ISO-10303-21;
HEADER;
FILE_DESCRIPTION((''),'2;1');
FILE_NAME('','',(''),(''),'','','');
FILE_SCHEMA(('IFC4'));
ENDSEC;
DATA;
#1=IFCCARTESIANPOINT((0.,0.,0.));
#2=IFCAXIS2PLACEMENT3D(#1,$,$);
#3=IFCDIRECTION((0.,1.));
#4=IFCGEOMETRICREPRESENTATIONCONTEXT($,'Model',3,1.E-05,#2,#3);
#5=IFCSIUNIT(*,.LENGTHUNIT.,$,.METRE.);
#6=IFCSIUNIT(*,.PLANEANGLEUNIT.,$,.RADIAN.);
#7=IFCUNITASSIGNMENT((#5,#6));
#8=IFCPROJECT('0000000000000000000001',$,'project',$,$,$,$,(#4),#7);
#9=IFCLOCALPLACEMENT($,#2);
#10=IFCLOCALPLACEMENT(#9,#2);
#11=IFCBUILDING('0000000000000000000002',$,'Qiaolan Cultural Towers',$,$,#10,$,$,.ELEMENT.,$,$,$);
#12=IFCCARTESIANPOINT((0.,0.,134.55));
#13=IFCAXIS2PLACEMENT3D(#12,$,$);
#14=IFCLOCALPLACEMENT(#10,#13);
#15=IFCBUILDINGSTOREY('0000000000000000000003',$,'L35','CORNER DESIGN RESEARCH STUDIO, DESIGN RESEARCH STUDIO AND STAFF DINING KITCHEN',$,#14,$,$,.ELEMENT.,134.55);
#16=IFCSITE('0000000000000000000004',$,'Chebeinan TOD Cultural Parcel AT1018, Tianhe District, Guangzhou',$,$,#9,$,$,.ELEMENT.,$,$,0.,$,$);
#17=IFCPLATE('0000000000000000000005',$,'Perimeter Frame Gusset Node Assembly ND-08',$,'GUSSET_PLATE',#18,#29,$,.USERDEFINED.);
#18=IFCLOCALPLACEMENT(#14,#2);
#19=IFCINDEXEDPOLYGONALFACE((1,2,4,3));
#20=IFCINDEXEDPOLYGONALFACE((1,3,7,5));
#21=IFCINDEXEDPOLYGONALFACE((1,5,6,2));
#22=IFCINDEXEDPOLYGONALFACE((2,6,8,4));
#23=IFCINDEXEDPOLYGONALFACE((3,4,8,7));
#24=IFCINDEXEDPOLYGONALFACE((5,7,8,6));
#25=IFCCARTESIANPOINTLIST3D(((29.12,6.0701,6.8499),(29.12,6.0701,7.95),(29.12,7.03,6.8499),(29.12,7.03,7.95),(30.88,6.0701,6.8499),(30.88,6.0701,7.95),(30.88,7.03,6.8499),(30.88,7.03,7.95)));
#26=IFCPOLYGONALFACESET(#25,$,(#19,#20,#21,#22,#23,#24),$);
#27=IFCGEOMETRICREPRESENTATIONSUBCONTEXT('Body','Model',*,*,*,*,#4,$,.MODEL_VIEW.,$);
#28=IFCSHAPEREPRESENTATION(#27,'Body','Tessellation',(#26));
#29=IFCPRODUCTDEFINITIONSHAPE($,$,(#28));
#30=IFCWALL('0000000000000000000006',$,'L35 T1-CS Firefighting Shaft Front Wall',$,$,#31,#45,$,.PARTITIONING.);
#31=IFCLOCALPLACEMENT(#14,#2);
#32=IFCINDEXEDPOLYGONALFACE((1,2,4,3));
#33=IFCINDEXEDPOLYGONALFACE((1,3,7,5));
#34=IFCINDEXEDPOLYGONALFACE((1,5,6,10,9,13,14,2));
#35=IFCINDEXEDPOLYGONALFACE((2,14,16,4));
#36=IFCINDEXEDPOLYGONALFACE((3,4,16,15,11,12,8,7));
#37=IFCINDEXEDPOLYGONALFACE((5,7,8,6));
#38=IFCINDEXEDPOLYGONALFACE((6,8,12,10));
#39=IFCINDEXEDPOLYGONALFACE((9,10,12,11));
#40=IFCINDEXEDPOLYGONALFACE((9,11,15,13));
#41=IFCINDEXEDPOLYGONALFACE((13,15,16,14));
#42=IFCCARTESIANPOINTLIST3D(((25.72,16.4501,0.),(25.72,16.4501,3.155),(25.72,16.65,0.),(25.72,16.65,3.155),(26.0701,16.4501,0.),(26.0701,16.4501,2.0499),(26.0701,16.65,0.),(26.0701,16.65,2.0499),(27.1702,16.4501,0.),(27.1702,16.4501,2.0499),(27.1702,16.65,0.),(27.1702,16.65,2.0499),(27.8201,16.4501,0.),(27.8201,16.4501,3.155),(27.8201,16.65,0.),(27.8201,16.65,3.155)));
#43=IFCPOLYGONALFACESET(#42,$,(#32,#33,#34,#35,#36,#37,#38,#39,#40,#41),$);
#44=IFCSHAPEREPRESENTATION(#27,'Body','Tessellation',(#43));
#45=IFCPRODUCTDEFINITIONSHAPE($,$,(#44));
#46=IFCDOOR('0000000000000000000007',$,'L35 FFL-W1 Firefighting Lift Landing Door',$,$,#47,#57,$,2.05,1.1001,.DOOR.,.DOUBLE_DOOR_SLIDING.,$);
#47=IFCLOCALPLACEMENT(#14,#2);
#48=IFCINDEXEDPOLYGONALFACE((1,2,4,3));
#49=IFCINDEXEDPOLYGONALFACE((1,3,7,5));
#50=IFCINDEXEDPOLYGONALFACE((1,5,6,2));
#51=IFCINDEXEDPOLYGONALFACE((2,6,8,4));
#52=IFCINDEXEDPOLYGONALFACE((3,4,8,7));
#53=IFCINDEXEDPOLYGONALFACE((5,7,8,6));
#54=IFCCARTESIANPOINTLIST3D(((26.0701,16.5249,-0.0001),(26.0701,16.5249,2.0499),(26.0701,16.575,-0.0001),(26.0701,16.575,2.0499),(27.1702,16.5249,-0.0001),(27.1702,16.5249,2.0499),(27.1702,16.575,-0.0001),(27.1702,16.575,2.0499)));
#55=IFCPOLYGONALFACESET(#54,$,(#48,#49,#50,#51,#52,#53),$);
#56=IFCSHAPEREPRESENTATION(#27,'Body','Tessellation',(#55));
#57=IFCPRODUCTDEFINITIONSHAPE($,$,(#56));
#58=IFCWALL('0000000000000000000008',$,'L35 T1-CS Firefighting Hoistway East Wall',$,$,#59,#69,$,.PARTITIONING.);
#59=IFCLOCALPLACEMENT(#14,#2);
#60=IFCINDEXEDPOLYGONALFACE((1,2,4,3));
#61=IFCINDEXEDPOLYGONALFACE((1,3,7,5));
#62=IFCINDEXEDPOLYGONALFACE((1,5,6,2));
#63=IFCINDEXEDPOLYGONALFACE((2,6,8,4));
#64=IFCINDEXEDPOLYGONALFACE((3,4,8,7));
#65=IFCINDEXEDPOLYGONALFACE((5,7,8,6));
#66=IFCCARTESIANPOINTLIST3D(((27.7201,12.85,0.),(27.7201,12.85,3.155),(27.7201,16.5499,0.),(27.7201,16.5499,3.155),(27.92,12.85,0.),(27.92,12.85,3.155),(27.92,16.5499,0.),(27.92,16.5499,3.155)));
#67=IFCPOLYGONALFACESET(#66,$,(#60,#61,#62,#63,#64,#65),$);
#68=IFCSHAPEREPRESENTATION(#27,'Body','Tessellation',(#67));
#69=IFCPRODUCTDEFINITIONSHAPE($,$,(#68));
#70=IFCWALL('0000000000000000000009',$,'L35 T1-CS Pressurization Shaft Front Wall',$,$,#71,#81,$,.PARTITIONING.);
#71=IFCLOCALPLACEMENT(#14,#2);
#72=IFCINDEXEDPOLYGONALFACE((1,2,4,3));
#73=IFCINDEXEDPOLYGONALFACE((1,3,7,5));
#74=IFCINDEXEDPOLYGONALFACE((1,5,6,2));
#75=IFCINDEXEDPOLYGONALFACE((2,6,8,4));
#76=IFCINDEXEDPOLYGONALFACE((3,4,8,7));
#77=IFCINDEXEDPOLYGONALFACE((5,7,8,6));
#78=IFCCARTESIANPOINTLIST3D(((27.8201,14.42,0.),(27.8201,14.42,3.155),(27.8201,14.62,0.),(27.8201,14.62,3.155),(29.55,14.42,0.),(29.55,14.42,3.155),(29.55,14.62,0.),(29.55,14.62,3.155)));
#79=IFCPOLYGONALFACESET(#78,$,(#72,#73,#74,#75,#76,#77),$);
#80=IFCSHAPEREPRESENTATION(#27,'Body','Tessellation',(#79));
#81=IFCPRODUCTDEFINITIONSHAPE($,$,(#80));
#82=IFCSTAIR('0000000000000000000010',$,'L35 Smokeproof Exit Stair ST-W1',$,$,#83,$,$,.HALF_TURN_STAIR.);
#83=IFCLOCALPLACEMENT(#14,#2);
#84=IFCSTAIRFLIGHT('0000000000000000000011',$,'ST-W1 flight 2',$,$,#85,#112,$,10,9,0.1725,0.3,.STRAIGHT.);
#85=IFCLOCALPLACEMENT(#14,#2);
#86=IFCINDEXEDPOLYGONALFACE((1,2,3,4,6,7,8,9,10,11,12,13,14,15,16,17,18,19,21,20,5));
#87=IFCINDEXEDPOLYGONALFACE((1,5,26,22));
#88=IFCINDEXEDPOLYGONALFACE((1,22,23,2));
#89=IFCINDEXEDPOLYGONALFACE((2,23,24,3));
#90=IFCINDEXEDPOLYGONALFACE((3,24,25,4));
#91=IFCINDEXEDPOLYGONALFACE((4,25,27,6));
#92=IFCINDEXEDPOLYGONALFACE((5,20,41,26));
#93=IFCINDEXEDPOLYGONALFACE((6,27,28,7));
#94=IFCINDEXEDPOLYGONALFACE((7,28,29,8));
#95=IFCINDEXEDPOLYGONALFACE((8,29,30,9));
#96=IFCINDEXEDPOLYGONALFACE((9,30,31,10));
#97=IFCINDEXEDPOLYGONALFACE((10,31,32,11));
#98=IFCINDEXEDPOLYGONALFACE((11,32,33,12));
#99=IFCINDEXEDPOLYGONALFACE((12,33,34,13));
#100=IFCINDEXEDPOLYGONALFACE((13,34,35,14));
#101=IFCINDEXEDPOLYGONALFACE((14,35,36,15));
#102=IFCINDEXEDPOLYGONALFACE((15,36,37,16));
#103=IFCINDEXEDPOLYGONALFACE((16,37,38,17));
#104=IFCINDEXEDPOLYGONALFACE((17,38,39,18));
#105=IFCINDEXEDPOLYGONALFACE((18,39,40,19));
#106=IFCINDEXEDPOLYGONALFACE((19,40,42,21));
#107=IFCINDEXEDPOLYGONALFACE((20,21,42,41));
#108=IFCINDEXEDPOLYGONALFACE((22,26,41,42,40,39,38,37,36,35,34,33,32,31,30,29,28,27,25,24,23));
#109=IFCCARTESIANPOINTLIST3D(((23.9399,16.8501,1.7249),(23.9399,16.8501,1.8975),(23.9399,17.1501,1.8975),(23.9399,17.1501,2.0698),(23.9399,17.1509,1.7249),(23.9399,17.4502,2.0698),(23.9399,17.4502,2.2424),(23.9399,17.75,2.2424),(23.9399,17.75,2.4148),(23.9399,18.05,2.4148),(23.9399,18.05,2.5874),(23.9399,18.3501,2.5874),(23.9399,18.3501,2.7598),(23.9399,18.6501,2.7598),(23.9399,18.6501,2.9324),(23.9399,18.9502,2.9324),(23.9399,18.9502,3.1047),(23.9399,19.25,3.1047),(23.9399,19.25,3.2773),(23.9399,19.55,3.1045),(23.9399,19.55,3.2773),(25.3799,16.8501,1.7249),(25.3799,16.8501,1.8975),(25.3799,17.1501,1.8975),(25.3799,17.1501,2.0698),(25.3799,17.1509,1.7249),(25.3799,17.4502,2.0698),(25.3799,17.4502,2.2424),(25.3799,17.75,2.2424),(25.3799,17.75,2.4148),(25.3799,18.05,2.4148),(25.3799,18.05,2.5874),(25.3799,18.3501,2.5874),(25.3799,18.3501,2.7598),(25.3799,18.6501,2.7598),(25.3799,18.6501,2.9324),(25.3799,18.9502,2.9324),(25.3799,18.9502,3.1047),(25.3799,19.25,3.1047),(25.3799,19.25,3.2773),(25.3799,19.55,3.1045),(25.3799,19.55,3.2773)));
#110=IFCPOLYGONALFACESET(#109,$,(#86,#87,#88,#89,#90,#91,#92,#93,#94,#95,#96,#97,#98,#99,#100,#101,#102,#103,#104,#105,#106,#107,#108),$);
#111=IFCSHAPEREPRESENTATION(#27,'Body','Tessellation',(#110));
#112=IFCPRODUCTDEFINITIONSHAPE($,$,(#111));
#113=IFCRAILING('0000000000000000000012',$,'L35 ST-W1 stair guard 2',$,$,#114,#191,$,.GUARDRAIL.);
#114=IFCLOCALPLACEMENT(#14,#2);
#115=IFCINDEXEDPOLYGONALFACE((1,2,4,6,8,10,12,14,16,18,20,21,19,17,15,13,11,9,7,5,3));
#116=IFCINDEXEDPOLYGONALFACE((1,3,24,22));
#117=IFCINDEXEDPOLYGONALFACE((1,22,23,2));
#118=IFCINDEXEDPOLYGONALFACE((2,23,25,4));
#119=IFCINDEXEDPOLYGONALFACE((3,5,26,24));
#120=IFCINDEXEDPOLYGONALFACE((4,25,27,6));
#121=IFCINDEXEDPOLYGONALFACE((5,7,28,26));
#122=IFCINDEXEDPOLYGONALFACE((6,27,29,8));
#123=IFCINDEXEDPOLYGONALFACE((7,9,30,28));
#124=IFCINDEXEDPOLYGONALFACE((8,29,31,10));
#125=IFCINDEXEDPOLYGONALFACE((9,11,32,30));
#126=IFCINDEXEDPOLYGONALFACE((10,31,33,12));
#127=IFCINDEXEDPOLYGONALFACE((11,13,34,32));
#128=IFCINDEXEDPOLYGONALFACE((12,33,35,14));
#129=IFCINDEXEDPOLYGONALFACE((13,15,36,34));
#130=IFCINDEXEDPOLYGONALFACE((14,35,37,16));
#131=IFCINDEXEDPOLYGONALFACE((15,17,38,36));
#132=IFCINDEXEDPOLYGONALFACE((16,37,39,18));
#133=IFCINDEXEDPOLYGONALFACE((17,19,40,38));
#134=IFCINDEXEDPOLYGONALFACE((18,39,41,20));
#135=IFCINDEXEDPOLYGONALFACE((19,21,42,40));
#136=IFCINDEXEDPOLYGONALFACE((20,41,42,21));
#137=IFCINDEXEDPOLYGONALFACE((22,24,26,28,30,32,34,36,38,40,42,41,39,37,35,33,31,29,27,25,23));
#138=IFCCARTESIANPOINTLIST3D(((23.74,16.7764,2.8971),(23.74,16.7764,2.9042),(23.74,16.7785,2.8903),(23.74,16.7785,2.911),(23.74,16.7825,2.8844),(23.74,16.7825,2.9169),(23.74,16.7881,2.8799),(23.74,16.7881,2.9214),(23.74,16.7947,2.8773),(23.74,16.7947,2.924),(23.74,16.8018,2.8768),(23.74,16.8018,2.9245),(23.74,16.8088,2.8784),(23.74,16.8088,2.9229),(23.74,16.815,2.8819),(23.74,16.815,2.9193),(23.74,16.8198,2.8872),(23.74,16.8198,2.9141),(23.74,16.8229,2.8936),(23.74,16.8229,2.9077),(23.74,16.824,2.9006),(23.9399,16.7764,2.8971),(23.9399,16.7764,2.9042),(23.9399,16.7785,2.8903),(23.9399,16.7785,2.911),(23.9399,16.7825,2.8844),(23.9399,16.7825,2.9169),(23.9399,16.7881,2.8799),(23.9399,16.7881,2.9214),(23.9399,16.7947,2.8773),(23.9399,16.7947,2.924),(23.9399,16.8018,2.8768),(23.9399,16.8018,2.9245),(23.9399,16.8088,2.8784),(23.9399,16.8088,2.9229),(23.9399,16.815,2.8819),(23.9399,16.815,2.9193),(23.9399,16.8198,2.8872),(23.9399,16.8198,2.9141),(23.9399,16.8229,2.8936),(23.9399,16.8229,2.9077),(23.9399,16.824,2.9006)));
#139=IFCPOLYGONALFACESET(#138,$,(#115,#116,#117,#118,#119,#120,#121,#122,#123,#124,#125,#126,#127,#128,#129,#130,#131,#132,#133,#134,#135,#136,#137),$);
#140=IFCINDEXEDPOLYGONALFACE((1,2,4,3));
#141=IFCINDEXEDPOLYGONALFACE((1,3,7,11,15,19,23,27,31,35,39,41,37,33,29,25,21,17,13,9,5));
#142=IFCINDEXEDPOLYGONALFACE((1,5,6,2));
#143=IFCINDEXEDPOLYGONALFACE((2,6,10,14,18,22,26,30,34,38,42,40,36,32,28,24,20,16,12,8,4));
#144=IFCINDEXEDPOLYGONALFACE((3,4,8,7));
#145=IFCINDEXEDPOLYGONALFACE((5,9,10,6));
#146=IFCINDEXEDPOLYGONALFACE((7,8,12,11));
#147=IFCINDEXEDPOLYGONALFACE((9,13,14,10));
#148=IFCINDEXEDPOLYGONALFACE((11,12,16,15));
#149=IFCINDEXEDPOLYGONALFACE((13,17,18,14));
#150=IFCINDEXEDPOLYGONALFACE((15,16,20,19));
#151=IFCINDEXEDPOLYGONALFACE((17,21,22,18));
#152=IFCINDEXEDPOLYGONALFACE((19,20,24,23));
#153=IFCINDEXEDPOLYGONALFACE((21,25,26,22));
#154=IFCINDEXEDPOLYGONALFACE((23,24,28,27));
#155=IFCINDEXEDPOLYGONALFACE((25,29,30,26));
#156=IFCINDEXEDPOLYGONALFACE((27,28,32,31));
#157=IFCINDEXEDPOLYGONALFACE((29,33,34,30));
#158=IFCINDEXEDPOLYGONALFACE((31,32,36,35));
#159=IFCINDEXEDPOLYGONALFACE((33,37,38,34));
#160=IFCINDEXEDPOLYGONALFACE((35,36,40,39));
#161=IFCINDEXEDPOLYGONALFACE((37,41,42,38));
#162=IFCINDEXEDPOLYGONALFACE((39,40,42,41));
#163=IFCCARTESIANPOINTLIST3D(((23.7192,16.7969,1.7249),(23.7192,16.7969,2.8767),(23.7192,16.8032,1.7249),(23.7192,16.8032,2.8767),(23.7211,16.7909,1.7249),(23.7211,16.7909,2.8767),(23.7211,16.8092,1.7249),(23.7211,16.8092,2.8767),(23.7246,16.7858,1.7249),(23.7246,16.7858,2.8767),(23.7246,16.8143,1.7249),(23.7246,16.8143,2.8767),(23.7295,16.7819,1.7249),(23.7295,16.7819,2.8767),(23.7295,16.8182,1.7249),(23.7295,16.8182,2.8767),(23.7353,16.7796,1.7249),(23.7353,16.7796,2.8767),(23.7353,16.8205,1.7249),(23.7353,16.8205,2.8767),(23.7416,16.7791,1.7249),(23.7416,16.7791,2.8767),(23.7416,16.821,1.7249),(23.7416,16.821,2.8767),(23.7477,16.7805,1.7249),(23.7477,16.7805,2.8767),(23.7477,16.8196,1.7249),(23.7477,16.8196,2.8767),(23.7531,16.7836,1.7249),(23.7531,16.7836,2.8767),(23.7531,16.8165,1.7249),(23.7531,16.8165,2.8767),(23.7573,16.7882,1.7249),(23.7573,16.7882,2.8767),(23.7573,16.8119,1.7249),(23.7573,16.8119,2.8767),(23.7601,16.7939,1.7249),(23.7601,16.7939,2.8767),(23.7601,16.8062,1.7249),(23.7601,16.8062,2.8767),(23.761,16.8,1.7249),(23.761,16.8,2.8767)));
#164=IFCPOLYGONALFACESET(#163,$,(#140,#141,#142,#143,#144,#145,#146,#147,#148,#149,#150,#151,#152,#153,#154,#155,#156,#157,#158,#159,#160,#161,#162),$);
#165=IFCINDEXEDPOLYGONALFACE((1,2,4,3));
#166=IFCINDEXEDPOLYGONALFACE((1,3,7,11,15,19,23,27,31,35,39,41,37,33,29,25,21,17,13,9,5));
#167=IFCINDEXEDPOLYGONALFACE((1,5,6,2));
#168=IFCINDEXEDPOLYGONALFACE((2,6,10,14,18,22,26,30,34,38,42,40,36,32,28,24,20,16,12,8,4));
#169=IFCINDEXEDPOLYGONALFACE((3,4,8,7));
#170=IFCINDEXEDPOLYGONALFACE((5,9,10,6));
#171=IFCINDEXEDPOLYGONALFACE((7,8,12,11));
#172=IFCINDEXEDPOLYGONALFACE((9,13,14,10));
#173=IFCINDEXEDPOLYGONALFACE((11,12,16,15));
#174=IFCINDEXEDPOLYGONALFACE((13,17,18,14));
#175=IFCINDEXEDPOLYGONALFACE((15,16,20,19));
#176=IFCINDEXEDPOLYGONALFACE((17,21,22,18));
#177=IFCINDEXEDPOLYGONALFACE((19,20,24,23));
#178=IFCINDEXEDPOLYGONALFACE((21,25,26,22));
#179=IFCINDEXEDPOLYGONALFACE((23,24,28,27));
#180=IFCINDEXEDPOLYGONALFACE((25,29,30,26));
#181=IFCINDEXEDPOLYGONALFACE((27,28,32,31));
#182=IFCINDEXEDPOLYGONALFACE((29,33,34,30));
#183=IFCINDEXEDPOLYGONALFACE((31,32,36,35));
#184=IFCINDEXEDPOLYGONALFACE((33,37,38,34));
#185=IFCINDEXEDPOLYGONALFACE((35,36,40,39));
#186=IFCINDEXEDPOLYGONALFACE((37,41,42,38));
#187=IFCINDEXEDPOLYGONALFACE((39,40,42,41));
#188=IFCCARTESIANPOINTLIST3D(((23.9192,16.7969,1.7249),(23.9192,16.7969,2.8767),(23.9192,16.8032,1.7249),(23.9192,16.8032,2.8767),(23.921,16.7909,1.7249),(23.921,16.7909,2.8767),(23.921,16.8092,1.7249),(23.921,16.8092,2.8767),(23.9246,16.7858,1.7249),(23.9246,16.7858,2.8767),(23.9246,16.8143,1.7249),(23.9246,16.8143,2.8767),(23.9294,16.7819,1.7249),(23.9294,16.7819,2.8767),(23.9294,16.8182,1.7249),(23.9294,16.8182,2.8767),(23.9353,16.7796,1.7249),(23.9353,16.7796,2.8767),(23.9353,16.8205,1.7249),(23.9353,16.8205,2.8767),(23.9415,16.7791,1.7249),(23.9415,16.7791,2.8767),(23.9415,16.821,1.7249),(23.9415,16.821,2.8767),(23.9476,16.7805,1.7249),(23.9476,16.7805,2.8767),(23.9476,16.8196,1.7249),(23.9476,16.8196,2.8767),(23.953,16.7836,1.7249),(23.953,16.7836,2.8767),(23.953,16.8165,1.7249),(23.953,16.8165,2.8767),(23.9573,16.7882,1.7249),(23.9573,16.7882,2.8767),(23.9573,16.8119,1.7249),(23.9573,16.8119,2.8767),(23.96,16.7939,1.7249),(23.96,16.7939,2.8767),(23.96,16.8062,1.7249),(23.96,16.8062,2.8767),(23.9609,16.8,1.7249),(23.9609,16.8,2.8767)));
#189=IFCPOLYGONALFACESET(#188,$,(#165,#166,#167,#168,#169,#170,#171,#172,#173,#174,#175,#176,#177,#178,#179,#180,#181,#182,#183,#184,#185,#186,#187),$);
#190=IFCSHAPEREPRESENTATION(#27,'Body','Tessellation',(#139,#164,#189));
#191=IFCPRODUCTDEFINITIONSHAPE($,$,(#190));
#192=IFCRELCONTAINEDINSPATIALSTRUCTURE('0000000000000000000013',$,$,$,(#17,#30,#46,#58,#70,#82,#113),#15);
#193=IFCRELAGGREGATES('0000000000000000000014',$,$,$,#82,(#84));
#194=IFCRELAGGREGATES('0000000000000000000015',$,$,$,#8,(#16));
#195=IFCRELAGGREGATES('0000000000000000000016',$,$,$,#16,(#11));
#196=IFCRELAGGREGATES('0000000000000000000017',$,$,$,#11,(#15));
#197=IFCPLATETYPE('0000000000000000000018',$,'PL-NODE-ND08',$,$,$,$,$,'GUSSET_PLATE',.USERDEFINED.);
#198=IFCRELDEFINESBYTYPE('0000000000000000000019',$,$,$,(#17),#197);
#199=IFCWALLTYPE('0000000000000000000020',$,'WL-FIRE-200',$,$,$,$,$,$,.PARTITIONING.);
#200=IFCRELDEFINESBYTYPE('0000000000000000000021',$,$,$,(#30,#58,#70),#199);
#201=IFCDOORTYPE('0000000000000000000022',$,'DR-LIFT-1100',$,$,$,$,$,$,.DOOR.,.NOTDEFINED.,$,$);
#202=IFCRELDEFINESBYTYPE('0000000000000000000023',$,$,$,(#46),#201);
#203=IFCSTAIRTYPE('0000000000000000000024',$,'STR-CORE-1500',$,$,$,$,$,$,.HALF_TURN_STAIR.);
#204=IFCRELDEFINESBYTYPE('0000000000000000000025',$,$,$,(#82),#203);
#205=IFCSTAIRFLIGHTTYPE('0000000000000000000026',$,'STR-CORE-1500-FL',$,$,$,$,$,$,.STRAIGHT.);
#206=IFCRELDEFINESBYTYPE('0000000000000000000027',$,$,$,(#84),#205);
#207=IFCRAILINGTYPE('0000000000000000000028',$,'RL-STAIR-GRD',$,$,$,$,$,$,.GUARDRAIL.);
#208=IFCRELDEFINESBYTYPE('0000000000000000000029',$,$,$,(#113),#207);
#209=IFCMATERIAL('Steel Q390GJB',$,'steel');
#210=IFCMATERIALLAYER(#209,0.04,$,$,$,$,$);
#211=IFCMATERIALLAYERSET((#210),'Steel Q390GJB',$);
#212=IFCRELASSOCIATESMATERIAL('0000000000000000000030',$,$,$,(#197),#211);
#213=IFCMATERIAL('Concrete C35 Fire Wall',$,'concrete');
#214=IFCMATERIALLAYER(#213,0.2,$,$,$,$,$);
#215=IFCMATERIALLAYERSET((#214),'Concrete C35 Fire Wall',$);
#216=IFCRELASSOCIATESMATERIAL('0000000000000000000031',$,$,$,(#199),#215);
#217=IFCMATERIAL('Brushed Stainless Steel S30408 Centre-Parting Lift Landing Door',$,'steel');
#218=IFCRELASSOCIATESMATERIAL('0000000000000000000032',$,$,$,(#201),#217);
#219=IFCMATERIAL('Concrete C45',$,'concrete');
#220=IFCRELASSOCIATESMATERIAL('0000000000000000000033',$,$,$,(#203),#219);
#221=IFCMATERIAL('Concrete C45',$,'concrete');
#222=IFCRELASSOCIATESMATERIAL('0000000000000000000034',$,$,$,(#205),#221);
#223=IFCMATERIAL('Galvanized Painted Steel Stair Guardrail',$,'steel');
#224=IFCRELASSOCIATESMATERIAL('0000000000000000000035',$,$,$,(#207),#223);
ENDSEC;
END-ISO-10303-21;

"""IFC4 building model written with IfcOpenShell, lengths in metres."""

from ifc_helpers import new_model, si_unit, direction, frame, frame_2d, origin, origin_2d, place, context, subcontext, project, spatial, polyline, rectangle, circle, outline, extrude, material, layer, layer_set, type_object, element, fill, aggregate, save


model = new_model("IFC4")

# Units and contexts
model_context = context("Model", 3, precision=1e-05, world=origin(), true_north=direction((0.0, 1.0)))
body_context = subcontext(model_context, "Body", "Model", "MODEL_VIEW")
ifc_project = project(units=[si_unit("LENGTHUNIT", "METRE"), si_unit("PLANEANGLEUNIT", "RADIAN")], contexts=[model_context])

# Site, building, storey
site_placement = place(None, origin())
site = spatial("IfcSite", under=ifc_project, at=site_placement, Name="Chebeinan TOD Cultural Parcel AT1018, Tianhe District, Guangzhou", CompositionType="ELEMENT", RefElevation=0.0)
building_placement = place(site_placement, origin())
building = spatial("IfcBuilding", under=site, at=building_placement, Name="Qiaolan Cultural Towers", CompositionType="ELEMENT")
storey_placement = place(building_placement, frame((0.0, 0.0, 134.55)))
storey = spatial("IfcBuildingStorey", under=building, at=storey_placement, Name="L35", Description="CORNER DESIGN RESEARCH STUDIO, DESIGN RESEARCH STUDIO AND STAFF DINING KITCHEN", CompositionType="ELEMENT", Elevation=134.55)

# Plate
ifc_material_1 = material(Name="Steel Q390GJB", Category="steel")
ifc_layer_1 = layer(ifc_material_1, 0.04)
ifc_layer_set_1 = layer_set([ifc_layer_1], Name="Steel Q390GJB")
plate_type = type_object("IfcPlateType", Name="PL-NODE-ND08", ElementType="GUSSET_PLATE", PredefinedType="USERDEFINED", material=ifc_layer_set_1)
plate_placement = place(storey_placement, frame((30.0, 6.55, 6.8499), z_axis=(0.0, 0.0, 1.0), x_axis=(1.0, 0.0, 0.0)))
element("IfcPlate", 1, at=plate_placement, inside=storey, type_object=plate_type, Name="Perimeter Frame Gusset Node Assembly ND-08", ObjectType="GUSSET_PLATE", PredefinedType="USERDEFINED", context=body_context, shape_type="SweptSolid", body=[
    extrude(rectangle(XDim=1.76, YDim=0.96, at=origin_2d()), origin(), (0.0, 0.0, 1.0), 1.1001),
])

# Wall, opening, door
ifc_material_2 = material(Name="Concrete C35 Fire Wall", Category="concrete")
ifc_layer_2 = layer(ifc_material_2, 0.2)
ifc_layer_set_2 = layer_set([ifc_layer_2], Name="Concrete C35 Fire Wall")
wall_type = type_object("IfcWallType", Name="WL-FIRE-200", PredefinedType="PARTITIONING", material=ifc_layer_set_2)
wall_1_placement = place(storey_placement, frame((25.72, 16.55, 0.0), z_axis=(0.0, 0.0, 1.0), x_axis=(1.0, 0.0, 0.0)))
wall_1 = element("IfcWall", 2, at=wall_1_placement, inside=storey, type_object=wall_type, Name="L35 T1-CS Firefighting Shaft Front Wall", PredefinedType="PARTITIONING", context=body_context, shape_type="SweptSolid", body=[
    extrude(rectangle(XDim=2.1001, YDim=0.2, at=frame_2d((1.05, 0.0))), origin(), (0.0, 0.0, 1.0), 3.155),
])
opening_placement = place(wall_1_placement, frame((0.3501, 0.0, 0.0)))
opening = element("IfcOpeningElement", 3, at=opening_placement, cuts=wall_1, PredefinedType="OPENING", context=body_context, shape_type="SweptSolid", body=[
    extrude(rectangle(XDim=1.1001, YDim=2.05, at=frame_2d((0.55, 1.0249))), frame((0.0, 0.1099, 0.0), z_axis=(0.0, -1.0, 0.0), x_axis=(1.0, 0.0, 0.0)), (0.0, 0.0, 1.0), 0.22),
])
ifc_material_3 = material(Name="Brushed Stainless Steel S30408 Centre-Parting Lift Landing Door", Category="steel")
door_type = type_object("IfcDoorType", Name="DR-LIFT-1100", OperationType="NOTDEFINED", PredefinedType="DOOR", material=ifc_material_3)
door_placement = place(opening_placement, origin())
door = element("IfcDoor", 4, at=door_placement, inside=storey, type_object=door_type, Name="L35 FFL-W1 Firefighting Lift Landing Door", OperationType="DOUBLE_DOOR_SLIDING", OverallHeight=2.05, OverallWidth=1.1001, PredefinedType="DOOR", context=body_context, shape_type="SweptSolid", body=[
    extrude(rectangle(XDim=1.1001, YDim=2.05, at=frame_2d((0.55, 1.0249))), frame((0.0, 0.0249, 0.0), z_axis=(0.0, -1.0, 0.0), x_axis=(1.0, 0.0, 0.0)), (0.0, 0.0, 1.0), 0.05),
])
fill(opening, door)

# Walls
wall_2_placement = place(storey_placement, frame((27.8201, 16.55, 0.0), z_axis=(0.0, 0.0, 1.0), x_axis=(0.0, -1.0, 0.0)))
element("IfcWall", 5, at=wall_2_placement, inside=storey, type_object=wall_type, Name="L35 T1-CS Firefighting Hoistway East Wall", PredefinedType="PARTITIONING", context=body_context, shape_type="SweptSolid", body=[
    extrude(rectangle(XDim=3.7, YDim=0.2, at=frame_2d((1.8501, 0.0))), origin(), (0.0, 0.0, 1.0), 3.155),
])
wall_3_placement = place(storey_placement, frame((27.8201, 14.52, 0.0), z_axis=(0.0, 0.0, 1.0), x_axis=(1.0, 0.0, 0.0)))
element("IfcWall", 6, at=wall_3_placement, inside=storey, type_object=wall_type, Name="L35 T1-CS Pressurization Shaft Front Wall", PredefinedType="PARTITIONING", context=body_context, shape_type="SweptSolid", body=[
    extrude(rectangle(XDim=1.73, YDim=0.2, at=frame_2d((0.865, 0.0))), origin(), (0.0, 0.0, 1.0), 3.155),
])

# Stair, stair flight
ifc_material_4 = material(Name="Concrete C45", Category="concrete")
stair_type = type_object("IfcStairType", Name="STR-CORE-1500", PredefinedType="HALF_TURN_STAIR", material=ifc_material_4)
stair_placement = place(storey_placement, origin())
stair = element("IfcStair", 7, at=stair_placement, inside=storey, type_object=stair_type, Name="L35 Smokeproof Exit Stair ST-W1", PredefinedType="HALF_TURN_STAIR")
ifc_material_5 = material(Name="Concrete C45", Category="concrete")
stair_flight_type = type_object("IfcStairFlightType", Name="STR-CORE-1500-FL", PredefinedType="STRAIGHT", material=ifc_material_5)
stair_flight_placement = place(storey_placement, frame((24.6599, 16.8501, 1.7249), z_axis=(0.0, 0.0, 1.0), x_axis=(0.0, 1.0, 0.0)))
stair_flight = element("IfcStairFlight", 8, at=stair_flight_placement, type_object=stair_flight_type, Name="ST-W1 flight 2", NumberOfRisers=10, NumberOfTreads=9, PredefinedType="STRAIGHT", RiserHeight=0.1725, TreadLength=0.3, context=body_context, shape_type="SweptSolid", body=[
    extrude(outline(polyline([(0.0, 0.0), (0.0, 0.1726), (0.3, 0.1726), (0.3, 0.345), (0.6001, 0.345), (0.6001, 0.5176), (0.8999, 0.5176), (0.8999, 0.6899), (1.2, 0.6899), (1.2, 0.8625), (1.5, 0.8625), (1.5, 1.0349), (1.8, 1.0349), (1.8, 1.2075), (2.1001, 1.2075), (2.1001, 1.3799), (2.3999, 1.3799), (2.3999, 1.5525), (2.7, 1.5525), (2.7, 1.7251), (2.7, 1.3796), (0.3008, 0.0), (0.0, 0.0)])), frame((0.0, 0.72, 0.0), z_axis=(0.0, -1.0, 0.0), x_axis=(1.0, 0.0, 0.0)), (0.0, 0.0, 1.0), 1.4399),
])
aggregate(stair, [stair_flight])

# Railing
ifc_material_6 = material(Name="Galvanized Painted Steel Stair Guardrail", Category="steel")
railing_type = type_object("IfcRailingType", Name="RL-STAIR-GRD", PredefinedType="GUARDRAIL", material=ifc_material_6)
railing_1_placement = place(storey_placement, frame((23.74, 16.8, 1.7249)))
element("IfcRailing", 9, at=railing_1_placement, inside=storey, type_object=railing_type, Name="L35 ST-W1 stair guard 2", PredefinedType="GUARDRAIL", context=body_context, shape_type="SweptSolid", body=[
    extrude(circle(Radius=0.0239, at=origin_2d()), frame((0.0, 0.0, 1.1758), z_axis=(1.0, 0.0, 0.0), x_axis=(0.0, 1.0, 0.0)), (0.0, 0.0, 1.0), 0.2),
    extrude(circle(Radius=0.021, at=origin_2d()), origin(), (0.0, 0.0, 1.0), 1.1519),
    extrude(circle(Radius=0.021, at=origin_2d()), frame((0.2, 0.0, 0.0)), (0.0, 0.0, 1.0), 1.1519),
])

save(model, "model.ifc")
